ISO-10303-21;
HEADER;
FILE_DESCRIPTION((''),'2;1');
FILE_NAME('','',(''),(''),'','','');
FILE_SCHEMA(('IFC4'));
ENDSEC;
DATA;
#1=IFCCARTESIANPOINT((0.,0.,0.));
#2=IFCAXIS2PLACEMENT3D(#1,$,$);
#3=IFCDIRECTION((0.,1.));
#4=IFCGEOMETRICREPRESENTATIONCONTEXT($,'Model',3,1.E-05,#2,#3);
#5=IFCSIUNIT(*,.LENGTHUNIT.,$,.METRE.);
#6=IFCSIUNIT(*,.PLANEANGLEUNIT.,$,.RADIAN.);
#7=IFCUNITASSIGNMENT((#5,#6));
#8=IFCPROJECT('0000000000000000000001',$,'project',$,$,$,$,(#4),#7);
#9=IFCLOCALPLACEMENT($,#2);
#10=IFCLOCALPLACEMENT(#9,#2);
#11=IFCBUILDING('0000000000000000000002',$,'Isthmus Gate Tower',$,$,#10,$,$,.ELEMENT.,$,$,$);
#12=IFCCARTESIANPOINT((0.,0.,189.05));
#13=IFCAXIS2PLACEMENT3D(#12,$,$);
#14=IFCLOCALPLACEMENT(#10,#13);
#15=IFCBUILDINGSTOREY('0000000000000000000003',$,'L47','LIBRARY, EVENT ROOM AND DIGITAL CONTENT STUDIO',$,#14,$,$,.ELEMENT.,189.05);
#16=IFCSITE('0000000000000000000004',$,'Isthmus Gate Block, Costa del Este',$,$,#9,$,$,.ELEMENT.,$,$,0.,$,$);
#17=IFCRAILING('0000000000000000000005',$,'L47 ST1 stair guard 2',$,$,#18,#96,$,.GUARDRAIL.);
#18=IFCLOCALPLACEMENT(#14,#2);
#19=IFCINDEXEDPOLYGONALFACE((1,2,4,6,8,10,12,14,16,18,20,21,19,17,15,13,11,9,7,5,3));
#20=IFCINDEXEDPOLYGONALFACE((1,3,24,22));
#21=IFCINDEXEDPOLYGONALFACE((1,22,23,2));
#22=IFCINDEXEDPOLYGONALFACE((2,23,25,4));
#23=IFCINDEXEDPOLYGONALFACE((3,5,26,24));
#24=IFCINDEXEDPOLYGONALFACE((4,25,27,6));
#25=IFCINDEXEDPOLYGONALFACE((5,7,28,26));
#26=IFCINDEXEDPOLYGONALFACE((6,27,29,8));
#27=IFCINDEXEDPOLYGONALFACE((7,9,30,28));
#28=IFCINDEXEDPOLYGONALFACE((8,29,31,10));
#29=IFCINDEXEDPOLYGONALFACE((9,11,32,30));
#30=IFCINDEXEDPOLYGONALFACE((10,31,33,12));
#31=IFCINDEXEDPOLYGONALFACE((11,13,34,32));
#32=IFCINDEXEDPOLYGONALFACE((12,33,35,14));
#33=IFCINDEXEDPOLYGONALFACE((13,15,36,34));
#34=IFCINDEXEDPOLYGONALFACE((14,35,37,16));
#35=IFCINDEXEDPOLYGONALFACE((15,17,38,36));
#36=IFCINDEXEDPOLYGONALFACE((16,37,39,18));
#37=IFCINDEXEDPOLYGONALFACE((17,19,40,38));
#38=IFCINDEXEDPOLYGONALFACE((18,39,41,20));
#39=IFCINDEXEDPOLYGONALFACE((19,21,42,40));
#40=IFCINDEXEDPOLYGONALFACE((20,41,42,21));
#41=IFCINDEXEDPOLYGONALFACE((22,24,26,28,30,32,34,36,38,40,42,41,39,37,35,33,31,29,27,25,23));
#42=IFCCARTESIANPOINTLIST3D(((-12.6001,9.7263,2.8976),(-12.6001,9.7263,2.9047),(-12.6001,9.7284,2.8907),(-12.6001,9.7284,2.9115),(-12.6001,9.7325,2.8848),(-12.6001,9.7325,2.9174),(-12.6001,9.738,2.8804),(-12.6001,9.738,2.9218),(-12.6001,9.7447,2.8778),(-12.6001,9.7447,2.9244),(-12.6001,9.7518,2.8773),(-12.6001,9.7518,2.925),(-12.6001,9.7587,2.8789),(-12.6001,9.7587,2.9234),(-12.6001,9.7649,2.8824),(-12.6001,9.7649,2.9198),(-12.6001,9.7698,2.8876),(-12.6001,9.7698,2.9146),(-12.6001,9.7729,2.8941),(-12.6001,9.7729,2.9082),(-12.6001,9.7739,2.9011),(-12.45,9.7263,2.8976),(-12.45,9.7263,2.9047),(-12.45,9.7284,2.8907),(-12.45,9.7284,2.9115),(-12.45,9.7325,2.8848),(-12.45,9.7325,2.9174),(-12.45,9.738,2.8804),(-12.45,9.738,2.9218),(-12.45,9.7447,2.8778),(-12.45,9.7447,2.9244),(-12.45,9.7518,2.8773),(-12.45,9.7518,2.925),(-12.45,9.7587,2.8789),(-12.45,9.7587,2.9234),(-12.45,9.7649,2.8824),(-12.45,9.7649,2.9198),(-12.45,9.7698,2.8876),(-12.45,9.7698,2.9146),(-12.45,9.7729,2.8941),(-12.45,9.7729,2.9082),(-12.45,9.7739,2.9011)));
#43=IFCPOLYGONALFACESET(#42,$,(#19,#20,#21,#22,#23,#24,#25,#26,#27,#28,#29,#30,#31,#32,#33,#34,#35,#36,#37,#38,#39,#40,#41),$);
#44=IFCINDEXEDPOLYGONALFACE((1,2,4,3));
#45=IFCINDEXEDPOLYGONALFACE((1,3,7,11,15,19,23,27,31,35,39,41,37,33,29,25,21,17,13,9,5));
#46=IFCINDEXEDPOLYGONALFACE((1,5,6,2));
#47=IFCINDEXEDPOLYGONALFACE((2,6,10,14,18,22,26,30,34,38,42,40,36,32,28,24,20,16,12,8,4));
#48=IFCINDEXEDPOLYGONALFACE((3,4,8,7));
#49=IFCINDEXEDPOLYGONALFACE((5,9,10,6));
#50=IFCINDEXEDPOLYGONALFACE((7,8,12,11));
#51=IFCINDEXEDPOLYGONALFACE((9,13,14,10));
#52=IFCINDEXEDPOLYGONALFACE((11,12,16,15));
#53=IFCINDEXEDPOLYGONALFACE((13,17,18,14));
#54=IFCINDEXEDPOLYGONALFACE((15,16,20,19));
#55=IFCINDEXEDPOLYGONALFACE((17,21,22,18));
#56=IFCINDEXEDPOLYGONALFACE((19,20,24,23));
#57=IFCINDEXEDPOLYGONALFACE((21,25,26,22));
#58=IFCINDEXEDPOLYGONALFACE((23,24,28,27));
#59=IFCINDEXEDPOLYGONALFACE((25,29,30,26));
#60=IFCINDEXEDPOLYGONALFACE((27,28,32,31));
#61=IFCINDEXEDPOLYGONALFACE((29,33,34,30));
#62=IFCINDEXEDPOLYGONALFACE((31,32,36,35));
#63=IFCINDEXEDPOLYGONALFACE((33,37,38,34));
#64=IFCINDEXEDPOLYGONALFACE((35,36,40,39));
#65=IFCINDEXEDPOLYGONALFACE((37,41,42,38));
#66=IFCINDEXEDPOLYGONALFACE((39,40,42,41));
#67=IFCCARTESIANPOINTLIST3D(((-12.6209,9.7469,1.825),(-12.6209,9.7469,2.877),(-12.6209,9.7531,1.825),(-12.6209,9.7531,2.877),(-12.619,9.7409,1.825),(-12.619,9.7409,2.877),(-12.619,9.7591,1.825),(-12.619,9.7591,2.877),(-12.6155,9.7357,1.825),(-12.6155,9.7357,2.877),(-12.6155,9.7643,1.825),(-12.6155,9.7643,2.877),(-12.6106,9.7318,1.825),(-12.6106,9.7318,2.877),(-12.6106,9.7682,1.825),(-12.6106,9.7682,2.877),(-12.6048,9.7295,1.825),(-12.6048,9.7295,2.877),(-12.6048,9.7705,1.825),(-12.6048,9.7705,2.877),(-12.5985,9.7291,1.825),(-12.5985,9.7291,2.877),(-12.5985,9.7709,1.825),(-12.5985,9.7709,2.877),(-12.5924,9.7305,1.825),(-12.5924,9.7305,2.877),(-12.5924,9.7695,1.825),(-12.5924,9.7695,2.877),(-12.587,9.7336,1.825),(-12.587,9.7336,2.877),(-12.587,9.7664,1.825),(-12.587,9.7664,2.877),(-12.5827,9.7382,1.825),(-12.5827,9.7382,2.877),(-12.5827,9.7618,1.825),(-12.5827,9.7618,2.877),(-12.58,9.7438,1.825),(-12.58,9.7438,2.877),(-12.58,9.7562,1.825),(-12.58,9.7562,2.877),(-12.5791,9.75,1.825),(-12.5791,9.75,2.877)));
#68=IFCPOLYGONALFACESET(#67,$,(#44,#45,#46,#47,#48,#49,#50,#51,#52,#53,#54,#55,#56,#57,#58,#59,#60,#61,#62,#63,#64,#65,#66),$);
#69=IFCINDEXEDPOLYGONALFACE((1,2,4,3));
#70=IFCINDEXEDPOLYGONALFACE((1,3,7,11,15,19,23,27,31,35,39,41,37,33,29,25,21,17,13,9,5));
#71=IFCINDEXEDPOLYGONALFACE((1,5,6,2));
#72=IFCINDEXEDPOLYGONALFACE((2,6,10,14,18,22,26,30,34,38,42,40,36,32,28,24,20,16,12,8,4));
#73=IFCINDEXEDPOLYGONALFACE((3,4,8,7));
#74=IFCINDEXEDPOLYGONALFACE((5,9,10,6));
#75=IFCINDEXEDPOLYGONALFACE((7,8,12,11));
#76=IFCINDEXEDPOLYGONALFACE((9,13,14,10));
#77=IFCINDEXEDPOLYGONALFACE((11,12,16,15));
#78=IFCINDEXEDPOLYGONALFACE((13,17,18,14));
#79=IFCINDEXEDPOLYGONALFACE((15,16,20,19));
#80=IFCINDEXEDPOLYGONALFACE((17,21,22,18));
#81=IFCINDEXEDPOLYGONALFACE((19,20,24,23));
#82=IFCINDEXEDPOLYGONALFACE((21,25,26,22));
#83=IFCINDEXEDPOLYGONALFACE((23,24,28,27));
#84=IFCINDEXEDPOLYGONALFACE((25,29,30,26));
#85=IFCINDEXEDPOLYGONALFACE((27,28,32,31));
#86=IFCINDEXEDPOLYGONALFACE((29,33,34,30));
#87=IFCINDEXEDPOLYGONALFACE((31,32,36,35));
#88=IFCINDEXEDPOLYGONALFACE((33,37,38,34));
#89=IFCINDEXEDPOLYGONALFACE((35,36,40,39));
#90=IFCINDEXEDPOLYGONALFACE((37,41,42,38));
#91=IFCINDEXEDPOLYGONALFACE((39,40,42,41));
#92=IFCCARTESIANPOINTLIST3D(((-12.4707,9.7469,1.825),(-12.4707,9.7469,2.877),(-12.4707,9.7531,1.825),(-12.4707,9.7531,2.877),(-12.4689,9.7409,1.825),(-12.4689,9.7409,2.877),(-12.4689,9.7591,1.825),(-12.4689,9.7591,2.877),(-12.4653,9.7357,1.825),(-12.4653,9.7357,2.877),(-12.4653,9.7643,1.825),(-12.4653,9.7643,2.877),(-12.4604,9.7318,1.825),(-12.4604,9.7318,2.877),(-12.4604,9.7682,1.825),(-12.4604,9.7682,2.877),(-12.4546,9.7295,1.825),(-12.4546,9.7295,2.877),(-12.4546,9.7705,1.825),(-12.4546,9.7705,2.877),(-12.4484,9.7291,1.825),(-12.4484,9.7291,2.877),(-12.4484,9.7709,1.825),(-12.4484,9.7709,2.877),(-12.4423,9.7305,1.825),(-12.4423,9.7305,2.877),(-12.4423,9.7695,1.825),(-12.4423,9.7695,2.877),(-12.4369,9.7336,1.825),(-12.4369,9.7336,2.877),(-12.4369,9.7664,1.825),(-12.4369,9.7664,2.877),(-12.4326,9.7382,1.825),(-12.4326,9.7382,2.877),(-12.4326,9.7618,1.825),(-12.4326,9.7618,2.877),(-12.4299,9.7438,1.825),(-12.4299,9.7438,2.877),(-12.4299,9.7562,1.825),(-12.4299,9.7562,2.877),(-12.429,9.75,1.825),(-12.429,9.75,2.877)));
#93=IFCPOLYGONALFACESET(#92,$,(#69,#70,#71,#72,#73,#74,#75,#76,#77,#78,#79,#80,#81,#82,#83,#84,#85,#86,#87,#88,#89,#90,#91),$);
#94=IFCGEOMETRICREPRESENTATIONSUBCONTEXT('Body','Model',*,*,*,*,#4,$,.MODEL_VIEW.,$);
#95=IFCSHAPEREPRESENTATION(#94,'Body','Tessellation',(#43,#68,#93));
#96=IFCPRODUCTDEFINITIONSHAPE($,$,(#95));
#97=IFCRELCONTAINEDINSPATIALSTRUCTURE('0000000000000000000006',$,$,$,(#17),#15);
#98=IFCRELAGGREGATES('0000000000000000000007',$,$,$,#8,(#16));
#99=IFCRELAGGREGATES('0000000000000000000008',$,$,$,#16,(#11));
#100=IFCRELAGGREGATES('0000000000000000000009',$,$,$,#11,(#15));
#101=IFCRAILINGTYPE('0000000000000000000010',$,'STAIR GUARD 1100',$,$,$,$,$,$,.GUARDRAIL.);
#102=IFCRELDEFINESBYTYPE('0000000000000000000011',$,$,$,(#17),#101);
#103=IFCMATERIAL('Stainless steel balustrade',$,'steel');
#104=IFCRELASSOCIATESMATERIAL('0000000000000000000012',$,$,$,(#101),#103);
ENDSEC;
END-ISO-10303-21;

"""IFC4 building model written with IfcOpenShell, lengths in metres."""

from ifc_helpers import new_model, si_unit, direction, frame, origin, origin_2d, place, context, subcontext, project, spatial, circle, extrude, material, type_object, element, save


model = new_model("IFC4")

# Units and contexts
model_context = context("Model", 3, precision=1e-05, world=origin(), true_north=direction((0.0, 1.0)))
body_context = subcontext(model_context, "Body", "Model", "MODEL_VIEW")
ifc_project = project(units=[si_unit("LENGTHUNIT", "METRE"), si_unit("PLANEANGLEUNIT", "RADIAN")], contexts=[model_context])

# Site, building, storey
site_placement = place(None, origin())
site = spatial("IfcSite", under=ifc_project, at=site_placement, Name="Isthmus Gate Block, Costa del Este", CompositionType="ELEMENT", RefElevation=0.0)
building_placement = place(site_placement, origin())
building = spatial("IfcBuilding", under=site, at=building_placement, Name="Isthmus Gate Tower", CompositionType="ELEMENT")
storey_placement = place(building_placement, frame((0.0, 0.0, 189.05)))
storey = spatial("IfcBuildingStorey", under=building, at=storey_placement, Name="L47", Description="LIBRARY, EVENT ROOM AND DIGITAL CONTENT STUDIO", CompositionType="ELEMENT", Elevation=189.05)

# Railing
ifc_material_1 = material(Name="Stainless steel balustrade", Category="steel")
railing_type_1 = type_object("IfcRailingType", Name="STAIR GUARD 1100", PredefinedType="GUARDRAIL", material=ifc_material_1)
railing_1_placement = place(storey_placement, frame((-12.6001, 9.75, 1.825)))
element("IfcRailing", 1, at=railing_1_placement, inside=storey, type_object=railing_type_1, Name="L47 ST1 stair guard 2", PredefinedType="GUARDRAIL", context=body_context, shape_type="SweptSolid", body=[
    extrude(circle(Radius=0.0239, at=origin_2d()), frame((0.0, 0.0, 1.0762), z_axis=(1.0, 0.0, 0.0), x_axis=(0.0, 1.0, 0.0)), (0.0, 0.0, 1.0), 0.1501),
    extrude(circle(Radius=0.021, at=origin_2d()), origin(), (0.0, 0.0, 1.0), 1.052),
    extrude(circle(Radius=0.021, at=origin_2d()), frame((0.1501, 0.0, 0.0)), (0.0, 0.0, 1.0), 1.052),
])

save(model, "model.ifc")
